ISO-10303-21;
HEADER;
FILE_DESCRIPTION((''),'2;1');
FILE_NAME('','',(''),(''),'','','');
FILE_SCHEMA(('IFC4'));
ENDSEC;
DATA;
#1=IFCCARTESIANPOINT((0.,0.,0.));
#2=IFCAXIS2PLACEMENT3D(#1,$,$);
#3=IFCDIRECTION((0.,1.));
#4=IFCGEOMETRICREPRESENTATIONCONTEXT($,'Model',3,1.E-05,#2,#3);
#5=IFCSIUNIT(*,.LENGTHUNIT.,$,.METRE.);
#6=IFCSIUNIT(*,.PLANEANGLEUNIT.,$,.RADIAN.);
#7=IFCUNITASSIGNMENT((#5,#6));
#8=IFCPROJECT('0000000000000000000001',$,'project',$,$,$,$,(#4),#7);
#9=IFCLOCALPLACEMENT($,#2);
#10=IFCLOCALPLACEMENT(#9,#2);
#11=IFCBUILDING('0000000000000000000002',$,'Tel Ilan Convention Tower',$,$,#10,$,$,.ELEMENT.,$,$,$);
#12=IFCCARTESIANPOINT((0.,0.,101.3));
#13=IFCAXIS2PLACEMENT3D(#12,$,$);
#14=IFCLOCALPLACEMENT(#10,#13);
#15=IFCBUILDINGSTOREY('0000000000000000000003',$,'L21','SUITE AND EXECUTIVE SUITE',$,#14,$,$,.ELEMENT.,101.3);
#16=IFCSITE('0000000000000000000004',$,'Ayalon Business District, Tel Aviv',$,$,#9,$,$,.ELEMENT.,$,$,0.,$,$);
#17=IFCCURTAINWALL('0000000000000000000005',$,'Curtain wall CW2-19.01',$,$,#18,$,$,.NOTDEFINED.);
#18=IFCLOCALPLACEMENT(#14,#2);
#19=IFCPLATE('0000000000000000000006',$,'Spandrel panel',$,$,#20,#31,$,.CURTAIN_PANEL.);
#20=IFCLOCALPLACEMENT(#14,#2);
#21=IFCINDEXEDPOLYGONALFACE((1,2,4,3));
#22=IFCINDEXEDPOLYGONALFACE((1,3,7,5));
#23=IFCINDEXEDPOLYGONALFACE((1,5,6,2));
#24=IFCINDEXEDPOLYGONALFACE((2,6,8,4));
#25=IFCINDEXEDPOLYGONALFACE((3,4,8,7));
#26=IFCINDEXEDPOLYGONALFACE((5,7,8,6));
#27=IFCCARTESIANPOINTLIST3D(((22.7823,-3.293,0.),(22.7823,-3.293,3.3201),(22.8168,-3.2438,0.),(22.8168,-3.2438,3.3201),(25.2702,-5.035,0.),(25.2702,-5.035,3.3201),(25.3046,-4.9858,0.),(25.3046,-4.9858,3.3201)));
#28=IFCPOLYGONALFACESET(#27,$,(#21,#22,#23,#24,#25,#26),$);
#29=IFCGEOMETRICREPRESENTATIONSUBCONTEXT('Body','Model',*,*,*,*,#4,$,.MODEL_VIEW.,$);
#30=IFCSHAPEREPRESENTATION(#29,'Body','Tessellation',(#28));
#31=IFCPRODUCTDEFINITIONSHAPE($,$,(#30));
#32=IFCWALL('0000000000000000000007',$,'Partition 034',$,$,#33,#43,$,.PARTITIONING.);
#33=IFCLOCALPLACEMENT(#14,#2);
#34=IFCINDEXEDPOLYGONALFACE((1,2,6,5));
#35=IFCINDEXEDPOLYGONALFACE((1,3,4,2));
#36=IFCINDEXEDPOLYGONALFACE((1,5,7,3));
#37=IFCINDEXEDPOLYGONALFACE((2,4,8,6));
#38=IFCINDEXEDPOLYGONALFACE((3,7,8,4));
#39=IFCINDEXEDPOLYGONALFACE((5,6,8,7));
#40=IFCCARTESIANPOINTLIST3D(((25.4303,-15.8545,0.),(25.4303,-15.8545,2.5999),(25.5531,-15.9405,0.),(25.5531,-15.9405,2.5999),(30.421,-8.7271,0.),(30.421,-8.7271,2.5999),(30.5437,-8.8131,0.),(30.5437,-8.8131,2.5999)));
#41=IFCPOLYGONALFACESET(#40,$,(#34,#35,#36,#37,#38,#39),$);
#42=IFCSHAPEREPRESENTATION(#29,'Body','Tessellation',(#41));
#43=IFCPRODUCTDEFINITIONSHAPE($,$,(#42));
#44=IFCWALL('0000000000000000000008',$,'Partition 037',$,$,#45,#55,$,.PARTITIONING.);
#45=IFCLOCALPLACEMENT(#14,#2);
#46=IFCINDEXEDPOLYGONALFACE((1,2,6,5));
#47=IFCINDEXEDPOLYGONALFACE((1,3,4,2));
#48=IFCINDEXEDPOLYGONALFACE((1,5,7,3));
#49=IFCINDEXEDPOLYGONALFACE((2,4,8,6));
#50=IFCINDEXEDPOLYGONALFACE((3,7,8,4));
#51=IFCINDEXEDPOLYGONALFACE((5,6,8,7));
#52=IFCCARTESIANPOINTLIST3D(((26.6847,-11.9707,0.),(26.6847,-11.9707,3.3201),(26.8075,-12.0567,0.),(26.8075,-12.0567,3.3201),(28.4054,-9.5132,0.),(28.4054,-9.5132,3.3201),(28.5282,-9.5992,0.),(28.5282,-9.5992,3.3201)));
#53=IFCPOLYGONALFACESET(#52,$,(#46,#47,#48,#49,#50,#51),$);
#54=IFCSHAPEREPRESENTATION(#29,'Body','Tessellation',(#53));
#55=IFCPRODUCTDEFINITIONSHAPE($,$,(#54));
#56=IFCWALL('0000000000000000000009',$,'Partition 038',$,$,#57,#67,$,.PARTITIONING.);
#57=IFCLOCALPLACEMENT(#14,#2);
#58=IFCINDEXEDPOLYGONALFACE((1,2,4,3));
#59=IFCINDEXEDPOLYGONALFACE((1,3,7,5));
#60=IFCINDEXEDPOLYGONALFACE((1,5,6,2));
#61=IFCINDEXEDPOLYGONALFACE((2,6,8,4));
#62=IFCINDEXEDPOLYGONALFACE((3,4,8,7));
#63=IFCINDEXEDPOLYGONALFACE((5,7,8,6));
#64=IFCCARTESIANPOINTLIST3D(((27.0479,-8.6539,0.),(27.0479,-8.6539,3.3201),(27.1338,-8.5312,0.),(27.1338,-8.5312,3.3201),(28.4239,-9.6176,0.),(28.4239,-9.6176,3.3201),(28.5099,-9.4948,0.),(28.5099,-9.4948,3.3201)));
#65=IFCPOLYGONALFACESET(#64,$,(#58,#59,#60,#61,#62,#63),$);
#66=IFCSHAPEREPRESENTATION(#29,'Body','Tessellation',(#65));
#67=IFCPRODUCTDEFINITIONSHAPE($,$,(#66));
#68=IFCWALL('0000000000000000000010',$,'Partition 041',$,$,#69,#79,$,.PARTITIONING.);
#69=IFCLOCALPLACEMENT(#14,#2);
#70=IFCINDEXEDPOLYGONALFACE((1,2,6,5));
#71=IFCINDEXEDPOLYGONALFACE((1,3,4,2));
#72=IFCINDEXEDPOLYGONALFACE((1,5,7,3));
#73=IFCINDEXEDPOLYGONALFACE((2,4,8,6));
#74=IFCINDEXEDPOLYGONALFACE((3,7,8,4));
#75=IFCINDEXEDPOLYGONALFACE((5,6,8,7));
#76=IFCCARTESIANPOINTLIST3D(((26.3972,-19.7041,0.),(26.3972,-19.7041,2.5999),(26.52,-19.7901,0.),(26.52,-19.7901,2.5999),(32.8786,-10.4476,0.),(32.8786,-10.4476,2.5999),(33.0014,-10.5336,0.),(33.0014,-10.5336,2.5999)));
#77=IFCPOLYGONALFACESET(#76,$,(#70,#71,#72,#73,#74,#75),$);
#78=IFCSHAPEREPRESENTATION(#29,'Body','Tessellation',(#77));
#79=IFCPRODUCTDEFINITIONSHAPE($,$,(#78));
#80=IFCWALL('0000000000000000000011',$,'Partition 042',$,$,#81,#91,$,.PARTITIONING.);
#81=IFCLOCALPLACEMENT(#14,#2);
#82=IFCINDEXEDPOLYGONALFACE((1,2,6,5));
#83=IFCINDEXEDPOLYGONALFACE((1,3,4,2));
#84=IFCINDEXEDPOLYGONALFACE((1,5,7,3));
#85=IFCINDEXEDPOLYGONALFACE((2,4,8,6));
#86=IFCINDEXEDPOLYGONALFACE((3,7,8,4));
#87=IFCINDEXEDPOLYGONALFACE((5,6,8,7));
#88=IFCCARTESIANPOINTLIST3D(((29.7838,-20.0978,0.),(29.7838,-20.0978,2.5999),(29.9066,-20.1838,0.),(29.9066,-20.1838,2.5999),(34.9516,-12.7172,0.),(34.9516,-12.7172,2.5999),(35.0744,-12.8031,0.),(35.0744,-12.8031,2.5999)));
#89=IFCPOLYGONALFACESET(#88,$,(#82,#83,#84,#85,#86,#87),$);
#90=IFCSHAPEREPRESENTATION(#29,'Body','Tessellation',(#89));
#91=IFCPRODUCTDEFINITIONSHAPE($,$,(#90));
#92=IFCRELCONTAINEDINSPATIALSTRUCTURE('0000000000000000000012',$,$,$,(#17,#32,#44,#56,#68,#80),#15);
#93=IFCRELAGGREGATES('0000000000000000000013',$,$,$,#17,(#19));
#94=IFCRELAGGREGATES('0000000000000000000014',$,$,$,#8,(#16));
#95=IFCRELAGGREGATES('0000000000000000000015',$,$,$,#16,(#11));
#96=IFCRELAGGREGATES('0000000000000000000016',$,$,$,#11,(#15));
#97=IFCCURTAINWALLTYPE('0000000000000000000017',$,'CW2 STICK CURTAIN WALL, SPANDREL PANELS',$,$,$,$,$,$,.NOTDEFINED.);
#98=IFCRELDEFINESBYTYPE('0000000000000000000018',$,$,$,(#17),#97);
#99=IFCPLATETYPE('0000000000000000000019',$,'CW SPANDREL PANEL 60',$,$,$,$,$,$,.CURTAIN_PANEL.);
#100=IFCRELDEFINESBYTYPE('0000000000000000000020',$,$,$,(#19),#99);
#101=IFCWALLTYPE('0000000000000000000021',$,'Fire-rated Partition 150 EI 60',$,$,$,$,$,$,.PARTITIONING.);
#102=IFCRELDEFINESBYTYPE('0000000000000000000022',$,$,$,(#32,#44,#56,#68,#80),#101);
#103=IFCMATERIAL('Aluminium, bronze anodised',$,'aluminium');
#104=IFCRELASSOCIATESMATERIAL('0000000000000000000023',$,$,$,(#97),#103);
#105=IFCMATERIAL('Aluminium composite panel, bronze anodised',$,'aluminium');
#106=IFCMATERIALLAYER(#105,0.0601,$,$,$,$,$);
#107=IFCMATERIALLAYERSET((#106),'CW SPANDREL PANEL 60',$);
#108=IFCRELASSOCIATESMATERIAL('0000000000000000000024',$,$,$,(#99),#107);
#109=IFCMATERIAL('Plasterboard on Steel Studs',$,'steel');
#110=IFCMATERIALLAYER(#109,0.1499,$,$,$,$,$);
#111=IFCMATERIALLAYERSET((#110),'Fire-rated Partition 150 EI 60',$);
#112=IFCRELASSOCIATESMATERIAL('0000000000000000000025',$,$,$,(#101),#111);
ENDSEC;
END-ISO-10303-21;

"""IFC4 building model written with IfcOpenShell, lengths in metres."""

from ifc_helpers import new_model, si_unit, direction, frame, frame_2d, origin, origin_2d, place, context, subcontext, project, spatial, rectangle, extrude, material, layer, layer_set, type_object, element, aggregate, save


model = new_model("IFC4")

# Units and contexts
model_context = context("Model", 3, precision=1e-05, world=origin(), true_north=direction((0.0, 1.0)))
body_context = subcontext(model_context, "Body", "Model", "MODEL_VIEW")
ifc_project = project(units=[si_unit("LENGTHUNIT", "METRE"), si_unit("PLANEANGLEUNIT", "RADIAN")], contexts=[model_context])

# Site, building, storey
site_placement = place(None, origin())
site = spatial("IfcSite", under=ifc_project, at=site_placement, Name="Ayalon Business District, Tel Aviv", CompositionType="ELEMENT", RefElevation=0.0)
building_placement = place(site_placement, origin())
building = spatial("IfcBuilding", under=site, at=building_placement, Name="Tel Ilan Convention Tower", CompositionType="ELEMENT")
storey_placement = place(building_placement, frame((0.0, 0.0, 101.3)))
storey = spatial("IfcBuildingStorey", under=building, at=storey_placement, Name="L21", Description="SUITE AND EXECUTIVE SUITE", CompositionType="ELEMENT", Elevation=101.3)

# Curtain wall
ifc_material_1 = material(Name="Aluminium, bronze anodised", Category="aluminium")
curtain_wall_type_1 = type_object("IfcCurtainWallType", Name="CW2 STICK CURTAIN WALL, SPANDREL PANELS", PredefinedType="NOTDEFINED", material=ifc_material_1)
curtain_wall_1_placement = place(storey_placement, origin())
curtain_wall_1 = element("IfcCurtainWall", 1, at=curtain_wall_1_placement, inside=storey, type_object=curtain_wall_type_1, Name="Curtain wall CW2-19.01", PredefinedType="NOTDEFINED")

# Plate
ifc_material_2 = material(Name="Aluminium composite panel, bronze anodised", Category="aluminium")
ifc_layer_1 = layer(ifc_material_2, 0.0601)
ifc_layer_set_1 = layer_set([ifc_layer_1], Name="CW SPANDREL PANEL 60")
plate_type_1 = type_object("IfcPlateType", Name="CW SPANDREL PANEL 60", PredefinedType="CURTAIN_PANEL", material=ifc_layer_set_1)
plate_1_placement = place(storey_placement, frame((24.0435, -4.1394, 0.0), z_axis=(0.0, 0.0, 1.0), x_axis=(-0.819152, 0.573576, 0.0)))
plate_1 = element("IfcPlate", 2, at=plate_1_placement, type_object=plate_type_1, Name="Spandrel panel", PredefinedType="CURTAIN_PANEL", context=body_context, shape_type="SweptSolid", body=[
    extrude(rectangle(XDim=3.0371, YDim=0.0601, at=origin_2d()), origin(), (0.0, 0.0, 1.0), 3.3201),
])
aggregate(curtain_wall_1, [plate_1])

# Walls
ifc_material_3 = material(Name="Plasterboard on Steel Studs", Category="steel")
ifc_layer_2 = layer(ifc_material_3, 0.1499)
ifc_layer_set_2 = layer_set([ifc_layer_2], Name="Fire-rated Partition 150 EI 60")
wall_type = type_object("IfcWallType", Name="Fire-rated Partition 150 EI 60", PredefinedType="PARTITIONING", material=ifc_layer_set_2)
wall_1_placement = place(storey_placement, frame((30.4824, -8.77, 0.0), z_axis=(0.0, 0.0, 1.0), x_axis=(-0.573579, -0.81915, 0.0)))
element("IfcWall", 3, at=wall_1_placement, inside=storey, type_object=wall_type, Name="Partition 034", PredefinedType="PARTITIONING", context=body_context, shape_type="SweptSolid", body=[
    extrude(rectangle(XDim=8.7009, YDim=0.1499, at=frame_2d((4.3506, 0.0))), origin(), (0.0, 0.0, 1.0), 2.5999),
])
wall_2_placement = place(storey_placement, frame((26.7461, -12.0137, 0.0), z_axis=(0.0, 0.0, 1.0), x_axis=(0.573561, 0.819163, 0.0)))
element("IfcWall", 4, at=wall_2_placement, inside=storey, type_object=wall_type, Name="Partition 037", PredefinedType="PARTITIONING", context=body_context, shape_type="SweptSolid", body=[
    extrude(rectangle(XDim=3.0, YDim=0.1499, at=frame_2d((1.5, 0.0))), origin(), (0.0, 0.0, 1.0), 3.3201),
])
wall_3_placement = place(storey_placement, frame((28.4668, -9.5562, 0.0), z_axis=(0.0, 0.0, 1.0), x_axis=(-0.819109, 0.573638, 0.0)))
element("IfcWall", 5, at=wall_3_placement, inside=storey, type_object=wall_type, Name="Partition 038", PredefinedType="PARTITIONING", context=body_context, shape_type="SweptSolid", body=[
    extrude(rectangle(XDim=1.6799, YDim=0.1499, at=frame_2d((0.8398, 0.0))), origin(), (0.0, 0.0, 1.0), 3.3201),
])
wall_4_placement = place(storey_placement, frame((32.9399, -10.4907, 0.0), z_axis=(0.0, 0.0, 1.0), x_axis=(-0.573571, -0.819156, 0.0)))
element("IfcWall", 6, at=wall_4_placement, inside=storey, type_object=wall_type, Name="Partition 041", PredefinedType="PARTITIONING", context=body_context, shape_type="SweptSolid", body=[
    extrude(rectangle(XDim=11.3, YDim=0.1499, at=frame_2d((5.6499, 0.0))), origin(), (0.0, 0.0, 1.0), 2.5999),
])
wall_5_placement = place(storey_placement, frame((35.0129, -12.7603, 0.0), z_axis=(0.0, 0.0, 1.0), x_axis=(-0.573559, -0.819164, 0.0)))
element("IfcWall", 7, at=wall_5_placement, inside=storey, type_object=wall_type, Name="Partition 042", PredefinedType="PARTITIONING", context=body_context, shape_type="SweptSolid", body=[
    extrude(rectangle(XDim=9.01, YDim=0.1499, at=frame_2d((4.5049, 0.0))), origin(), (0.0, 0.0, 1.0), 2.5999),
])

save(model, "model.ifc")
